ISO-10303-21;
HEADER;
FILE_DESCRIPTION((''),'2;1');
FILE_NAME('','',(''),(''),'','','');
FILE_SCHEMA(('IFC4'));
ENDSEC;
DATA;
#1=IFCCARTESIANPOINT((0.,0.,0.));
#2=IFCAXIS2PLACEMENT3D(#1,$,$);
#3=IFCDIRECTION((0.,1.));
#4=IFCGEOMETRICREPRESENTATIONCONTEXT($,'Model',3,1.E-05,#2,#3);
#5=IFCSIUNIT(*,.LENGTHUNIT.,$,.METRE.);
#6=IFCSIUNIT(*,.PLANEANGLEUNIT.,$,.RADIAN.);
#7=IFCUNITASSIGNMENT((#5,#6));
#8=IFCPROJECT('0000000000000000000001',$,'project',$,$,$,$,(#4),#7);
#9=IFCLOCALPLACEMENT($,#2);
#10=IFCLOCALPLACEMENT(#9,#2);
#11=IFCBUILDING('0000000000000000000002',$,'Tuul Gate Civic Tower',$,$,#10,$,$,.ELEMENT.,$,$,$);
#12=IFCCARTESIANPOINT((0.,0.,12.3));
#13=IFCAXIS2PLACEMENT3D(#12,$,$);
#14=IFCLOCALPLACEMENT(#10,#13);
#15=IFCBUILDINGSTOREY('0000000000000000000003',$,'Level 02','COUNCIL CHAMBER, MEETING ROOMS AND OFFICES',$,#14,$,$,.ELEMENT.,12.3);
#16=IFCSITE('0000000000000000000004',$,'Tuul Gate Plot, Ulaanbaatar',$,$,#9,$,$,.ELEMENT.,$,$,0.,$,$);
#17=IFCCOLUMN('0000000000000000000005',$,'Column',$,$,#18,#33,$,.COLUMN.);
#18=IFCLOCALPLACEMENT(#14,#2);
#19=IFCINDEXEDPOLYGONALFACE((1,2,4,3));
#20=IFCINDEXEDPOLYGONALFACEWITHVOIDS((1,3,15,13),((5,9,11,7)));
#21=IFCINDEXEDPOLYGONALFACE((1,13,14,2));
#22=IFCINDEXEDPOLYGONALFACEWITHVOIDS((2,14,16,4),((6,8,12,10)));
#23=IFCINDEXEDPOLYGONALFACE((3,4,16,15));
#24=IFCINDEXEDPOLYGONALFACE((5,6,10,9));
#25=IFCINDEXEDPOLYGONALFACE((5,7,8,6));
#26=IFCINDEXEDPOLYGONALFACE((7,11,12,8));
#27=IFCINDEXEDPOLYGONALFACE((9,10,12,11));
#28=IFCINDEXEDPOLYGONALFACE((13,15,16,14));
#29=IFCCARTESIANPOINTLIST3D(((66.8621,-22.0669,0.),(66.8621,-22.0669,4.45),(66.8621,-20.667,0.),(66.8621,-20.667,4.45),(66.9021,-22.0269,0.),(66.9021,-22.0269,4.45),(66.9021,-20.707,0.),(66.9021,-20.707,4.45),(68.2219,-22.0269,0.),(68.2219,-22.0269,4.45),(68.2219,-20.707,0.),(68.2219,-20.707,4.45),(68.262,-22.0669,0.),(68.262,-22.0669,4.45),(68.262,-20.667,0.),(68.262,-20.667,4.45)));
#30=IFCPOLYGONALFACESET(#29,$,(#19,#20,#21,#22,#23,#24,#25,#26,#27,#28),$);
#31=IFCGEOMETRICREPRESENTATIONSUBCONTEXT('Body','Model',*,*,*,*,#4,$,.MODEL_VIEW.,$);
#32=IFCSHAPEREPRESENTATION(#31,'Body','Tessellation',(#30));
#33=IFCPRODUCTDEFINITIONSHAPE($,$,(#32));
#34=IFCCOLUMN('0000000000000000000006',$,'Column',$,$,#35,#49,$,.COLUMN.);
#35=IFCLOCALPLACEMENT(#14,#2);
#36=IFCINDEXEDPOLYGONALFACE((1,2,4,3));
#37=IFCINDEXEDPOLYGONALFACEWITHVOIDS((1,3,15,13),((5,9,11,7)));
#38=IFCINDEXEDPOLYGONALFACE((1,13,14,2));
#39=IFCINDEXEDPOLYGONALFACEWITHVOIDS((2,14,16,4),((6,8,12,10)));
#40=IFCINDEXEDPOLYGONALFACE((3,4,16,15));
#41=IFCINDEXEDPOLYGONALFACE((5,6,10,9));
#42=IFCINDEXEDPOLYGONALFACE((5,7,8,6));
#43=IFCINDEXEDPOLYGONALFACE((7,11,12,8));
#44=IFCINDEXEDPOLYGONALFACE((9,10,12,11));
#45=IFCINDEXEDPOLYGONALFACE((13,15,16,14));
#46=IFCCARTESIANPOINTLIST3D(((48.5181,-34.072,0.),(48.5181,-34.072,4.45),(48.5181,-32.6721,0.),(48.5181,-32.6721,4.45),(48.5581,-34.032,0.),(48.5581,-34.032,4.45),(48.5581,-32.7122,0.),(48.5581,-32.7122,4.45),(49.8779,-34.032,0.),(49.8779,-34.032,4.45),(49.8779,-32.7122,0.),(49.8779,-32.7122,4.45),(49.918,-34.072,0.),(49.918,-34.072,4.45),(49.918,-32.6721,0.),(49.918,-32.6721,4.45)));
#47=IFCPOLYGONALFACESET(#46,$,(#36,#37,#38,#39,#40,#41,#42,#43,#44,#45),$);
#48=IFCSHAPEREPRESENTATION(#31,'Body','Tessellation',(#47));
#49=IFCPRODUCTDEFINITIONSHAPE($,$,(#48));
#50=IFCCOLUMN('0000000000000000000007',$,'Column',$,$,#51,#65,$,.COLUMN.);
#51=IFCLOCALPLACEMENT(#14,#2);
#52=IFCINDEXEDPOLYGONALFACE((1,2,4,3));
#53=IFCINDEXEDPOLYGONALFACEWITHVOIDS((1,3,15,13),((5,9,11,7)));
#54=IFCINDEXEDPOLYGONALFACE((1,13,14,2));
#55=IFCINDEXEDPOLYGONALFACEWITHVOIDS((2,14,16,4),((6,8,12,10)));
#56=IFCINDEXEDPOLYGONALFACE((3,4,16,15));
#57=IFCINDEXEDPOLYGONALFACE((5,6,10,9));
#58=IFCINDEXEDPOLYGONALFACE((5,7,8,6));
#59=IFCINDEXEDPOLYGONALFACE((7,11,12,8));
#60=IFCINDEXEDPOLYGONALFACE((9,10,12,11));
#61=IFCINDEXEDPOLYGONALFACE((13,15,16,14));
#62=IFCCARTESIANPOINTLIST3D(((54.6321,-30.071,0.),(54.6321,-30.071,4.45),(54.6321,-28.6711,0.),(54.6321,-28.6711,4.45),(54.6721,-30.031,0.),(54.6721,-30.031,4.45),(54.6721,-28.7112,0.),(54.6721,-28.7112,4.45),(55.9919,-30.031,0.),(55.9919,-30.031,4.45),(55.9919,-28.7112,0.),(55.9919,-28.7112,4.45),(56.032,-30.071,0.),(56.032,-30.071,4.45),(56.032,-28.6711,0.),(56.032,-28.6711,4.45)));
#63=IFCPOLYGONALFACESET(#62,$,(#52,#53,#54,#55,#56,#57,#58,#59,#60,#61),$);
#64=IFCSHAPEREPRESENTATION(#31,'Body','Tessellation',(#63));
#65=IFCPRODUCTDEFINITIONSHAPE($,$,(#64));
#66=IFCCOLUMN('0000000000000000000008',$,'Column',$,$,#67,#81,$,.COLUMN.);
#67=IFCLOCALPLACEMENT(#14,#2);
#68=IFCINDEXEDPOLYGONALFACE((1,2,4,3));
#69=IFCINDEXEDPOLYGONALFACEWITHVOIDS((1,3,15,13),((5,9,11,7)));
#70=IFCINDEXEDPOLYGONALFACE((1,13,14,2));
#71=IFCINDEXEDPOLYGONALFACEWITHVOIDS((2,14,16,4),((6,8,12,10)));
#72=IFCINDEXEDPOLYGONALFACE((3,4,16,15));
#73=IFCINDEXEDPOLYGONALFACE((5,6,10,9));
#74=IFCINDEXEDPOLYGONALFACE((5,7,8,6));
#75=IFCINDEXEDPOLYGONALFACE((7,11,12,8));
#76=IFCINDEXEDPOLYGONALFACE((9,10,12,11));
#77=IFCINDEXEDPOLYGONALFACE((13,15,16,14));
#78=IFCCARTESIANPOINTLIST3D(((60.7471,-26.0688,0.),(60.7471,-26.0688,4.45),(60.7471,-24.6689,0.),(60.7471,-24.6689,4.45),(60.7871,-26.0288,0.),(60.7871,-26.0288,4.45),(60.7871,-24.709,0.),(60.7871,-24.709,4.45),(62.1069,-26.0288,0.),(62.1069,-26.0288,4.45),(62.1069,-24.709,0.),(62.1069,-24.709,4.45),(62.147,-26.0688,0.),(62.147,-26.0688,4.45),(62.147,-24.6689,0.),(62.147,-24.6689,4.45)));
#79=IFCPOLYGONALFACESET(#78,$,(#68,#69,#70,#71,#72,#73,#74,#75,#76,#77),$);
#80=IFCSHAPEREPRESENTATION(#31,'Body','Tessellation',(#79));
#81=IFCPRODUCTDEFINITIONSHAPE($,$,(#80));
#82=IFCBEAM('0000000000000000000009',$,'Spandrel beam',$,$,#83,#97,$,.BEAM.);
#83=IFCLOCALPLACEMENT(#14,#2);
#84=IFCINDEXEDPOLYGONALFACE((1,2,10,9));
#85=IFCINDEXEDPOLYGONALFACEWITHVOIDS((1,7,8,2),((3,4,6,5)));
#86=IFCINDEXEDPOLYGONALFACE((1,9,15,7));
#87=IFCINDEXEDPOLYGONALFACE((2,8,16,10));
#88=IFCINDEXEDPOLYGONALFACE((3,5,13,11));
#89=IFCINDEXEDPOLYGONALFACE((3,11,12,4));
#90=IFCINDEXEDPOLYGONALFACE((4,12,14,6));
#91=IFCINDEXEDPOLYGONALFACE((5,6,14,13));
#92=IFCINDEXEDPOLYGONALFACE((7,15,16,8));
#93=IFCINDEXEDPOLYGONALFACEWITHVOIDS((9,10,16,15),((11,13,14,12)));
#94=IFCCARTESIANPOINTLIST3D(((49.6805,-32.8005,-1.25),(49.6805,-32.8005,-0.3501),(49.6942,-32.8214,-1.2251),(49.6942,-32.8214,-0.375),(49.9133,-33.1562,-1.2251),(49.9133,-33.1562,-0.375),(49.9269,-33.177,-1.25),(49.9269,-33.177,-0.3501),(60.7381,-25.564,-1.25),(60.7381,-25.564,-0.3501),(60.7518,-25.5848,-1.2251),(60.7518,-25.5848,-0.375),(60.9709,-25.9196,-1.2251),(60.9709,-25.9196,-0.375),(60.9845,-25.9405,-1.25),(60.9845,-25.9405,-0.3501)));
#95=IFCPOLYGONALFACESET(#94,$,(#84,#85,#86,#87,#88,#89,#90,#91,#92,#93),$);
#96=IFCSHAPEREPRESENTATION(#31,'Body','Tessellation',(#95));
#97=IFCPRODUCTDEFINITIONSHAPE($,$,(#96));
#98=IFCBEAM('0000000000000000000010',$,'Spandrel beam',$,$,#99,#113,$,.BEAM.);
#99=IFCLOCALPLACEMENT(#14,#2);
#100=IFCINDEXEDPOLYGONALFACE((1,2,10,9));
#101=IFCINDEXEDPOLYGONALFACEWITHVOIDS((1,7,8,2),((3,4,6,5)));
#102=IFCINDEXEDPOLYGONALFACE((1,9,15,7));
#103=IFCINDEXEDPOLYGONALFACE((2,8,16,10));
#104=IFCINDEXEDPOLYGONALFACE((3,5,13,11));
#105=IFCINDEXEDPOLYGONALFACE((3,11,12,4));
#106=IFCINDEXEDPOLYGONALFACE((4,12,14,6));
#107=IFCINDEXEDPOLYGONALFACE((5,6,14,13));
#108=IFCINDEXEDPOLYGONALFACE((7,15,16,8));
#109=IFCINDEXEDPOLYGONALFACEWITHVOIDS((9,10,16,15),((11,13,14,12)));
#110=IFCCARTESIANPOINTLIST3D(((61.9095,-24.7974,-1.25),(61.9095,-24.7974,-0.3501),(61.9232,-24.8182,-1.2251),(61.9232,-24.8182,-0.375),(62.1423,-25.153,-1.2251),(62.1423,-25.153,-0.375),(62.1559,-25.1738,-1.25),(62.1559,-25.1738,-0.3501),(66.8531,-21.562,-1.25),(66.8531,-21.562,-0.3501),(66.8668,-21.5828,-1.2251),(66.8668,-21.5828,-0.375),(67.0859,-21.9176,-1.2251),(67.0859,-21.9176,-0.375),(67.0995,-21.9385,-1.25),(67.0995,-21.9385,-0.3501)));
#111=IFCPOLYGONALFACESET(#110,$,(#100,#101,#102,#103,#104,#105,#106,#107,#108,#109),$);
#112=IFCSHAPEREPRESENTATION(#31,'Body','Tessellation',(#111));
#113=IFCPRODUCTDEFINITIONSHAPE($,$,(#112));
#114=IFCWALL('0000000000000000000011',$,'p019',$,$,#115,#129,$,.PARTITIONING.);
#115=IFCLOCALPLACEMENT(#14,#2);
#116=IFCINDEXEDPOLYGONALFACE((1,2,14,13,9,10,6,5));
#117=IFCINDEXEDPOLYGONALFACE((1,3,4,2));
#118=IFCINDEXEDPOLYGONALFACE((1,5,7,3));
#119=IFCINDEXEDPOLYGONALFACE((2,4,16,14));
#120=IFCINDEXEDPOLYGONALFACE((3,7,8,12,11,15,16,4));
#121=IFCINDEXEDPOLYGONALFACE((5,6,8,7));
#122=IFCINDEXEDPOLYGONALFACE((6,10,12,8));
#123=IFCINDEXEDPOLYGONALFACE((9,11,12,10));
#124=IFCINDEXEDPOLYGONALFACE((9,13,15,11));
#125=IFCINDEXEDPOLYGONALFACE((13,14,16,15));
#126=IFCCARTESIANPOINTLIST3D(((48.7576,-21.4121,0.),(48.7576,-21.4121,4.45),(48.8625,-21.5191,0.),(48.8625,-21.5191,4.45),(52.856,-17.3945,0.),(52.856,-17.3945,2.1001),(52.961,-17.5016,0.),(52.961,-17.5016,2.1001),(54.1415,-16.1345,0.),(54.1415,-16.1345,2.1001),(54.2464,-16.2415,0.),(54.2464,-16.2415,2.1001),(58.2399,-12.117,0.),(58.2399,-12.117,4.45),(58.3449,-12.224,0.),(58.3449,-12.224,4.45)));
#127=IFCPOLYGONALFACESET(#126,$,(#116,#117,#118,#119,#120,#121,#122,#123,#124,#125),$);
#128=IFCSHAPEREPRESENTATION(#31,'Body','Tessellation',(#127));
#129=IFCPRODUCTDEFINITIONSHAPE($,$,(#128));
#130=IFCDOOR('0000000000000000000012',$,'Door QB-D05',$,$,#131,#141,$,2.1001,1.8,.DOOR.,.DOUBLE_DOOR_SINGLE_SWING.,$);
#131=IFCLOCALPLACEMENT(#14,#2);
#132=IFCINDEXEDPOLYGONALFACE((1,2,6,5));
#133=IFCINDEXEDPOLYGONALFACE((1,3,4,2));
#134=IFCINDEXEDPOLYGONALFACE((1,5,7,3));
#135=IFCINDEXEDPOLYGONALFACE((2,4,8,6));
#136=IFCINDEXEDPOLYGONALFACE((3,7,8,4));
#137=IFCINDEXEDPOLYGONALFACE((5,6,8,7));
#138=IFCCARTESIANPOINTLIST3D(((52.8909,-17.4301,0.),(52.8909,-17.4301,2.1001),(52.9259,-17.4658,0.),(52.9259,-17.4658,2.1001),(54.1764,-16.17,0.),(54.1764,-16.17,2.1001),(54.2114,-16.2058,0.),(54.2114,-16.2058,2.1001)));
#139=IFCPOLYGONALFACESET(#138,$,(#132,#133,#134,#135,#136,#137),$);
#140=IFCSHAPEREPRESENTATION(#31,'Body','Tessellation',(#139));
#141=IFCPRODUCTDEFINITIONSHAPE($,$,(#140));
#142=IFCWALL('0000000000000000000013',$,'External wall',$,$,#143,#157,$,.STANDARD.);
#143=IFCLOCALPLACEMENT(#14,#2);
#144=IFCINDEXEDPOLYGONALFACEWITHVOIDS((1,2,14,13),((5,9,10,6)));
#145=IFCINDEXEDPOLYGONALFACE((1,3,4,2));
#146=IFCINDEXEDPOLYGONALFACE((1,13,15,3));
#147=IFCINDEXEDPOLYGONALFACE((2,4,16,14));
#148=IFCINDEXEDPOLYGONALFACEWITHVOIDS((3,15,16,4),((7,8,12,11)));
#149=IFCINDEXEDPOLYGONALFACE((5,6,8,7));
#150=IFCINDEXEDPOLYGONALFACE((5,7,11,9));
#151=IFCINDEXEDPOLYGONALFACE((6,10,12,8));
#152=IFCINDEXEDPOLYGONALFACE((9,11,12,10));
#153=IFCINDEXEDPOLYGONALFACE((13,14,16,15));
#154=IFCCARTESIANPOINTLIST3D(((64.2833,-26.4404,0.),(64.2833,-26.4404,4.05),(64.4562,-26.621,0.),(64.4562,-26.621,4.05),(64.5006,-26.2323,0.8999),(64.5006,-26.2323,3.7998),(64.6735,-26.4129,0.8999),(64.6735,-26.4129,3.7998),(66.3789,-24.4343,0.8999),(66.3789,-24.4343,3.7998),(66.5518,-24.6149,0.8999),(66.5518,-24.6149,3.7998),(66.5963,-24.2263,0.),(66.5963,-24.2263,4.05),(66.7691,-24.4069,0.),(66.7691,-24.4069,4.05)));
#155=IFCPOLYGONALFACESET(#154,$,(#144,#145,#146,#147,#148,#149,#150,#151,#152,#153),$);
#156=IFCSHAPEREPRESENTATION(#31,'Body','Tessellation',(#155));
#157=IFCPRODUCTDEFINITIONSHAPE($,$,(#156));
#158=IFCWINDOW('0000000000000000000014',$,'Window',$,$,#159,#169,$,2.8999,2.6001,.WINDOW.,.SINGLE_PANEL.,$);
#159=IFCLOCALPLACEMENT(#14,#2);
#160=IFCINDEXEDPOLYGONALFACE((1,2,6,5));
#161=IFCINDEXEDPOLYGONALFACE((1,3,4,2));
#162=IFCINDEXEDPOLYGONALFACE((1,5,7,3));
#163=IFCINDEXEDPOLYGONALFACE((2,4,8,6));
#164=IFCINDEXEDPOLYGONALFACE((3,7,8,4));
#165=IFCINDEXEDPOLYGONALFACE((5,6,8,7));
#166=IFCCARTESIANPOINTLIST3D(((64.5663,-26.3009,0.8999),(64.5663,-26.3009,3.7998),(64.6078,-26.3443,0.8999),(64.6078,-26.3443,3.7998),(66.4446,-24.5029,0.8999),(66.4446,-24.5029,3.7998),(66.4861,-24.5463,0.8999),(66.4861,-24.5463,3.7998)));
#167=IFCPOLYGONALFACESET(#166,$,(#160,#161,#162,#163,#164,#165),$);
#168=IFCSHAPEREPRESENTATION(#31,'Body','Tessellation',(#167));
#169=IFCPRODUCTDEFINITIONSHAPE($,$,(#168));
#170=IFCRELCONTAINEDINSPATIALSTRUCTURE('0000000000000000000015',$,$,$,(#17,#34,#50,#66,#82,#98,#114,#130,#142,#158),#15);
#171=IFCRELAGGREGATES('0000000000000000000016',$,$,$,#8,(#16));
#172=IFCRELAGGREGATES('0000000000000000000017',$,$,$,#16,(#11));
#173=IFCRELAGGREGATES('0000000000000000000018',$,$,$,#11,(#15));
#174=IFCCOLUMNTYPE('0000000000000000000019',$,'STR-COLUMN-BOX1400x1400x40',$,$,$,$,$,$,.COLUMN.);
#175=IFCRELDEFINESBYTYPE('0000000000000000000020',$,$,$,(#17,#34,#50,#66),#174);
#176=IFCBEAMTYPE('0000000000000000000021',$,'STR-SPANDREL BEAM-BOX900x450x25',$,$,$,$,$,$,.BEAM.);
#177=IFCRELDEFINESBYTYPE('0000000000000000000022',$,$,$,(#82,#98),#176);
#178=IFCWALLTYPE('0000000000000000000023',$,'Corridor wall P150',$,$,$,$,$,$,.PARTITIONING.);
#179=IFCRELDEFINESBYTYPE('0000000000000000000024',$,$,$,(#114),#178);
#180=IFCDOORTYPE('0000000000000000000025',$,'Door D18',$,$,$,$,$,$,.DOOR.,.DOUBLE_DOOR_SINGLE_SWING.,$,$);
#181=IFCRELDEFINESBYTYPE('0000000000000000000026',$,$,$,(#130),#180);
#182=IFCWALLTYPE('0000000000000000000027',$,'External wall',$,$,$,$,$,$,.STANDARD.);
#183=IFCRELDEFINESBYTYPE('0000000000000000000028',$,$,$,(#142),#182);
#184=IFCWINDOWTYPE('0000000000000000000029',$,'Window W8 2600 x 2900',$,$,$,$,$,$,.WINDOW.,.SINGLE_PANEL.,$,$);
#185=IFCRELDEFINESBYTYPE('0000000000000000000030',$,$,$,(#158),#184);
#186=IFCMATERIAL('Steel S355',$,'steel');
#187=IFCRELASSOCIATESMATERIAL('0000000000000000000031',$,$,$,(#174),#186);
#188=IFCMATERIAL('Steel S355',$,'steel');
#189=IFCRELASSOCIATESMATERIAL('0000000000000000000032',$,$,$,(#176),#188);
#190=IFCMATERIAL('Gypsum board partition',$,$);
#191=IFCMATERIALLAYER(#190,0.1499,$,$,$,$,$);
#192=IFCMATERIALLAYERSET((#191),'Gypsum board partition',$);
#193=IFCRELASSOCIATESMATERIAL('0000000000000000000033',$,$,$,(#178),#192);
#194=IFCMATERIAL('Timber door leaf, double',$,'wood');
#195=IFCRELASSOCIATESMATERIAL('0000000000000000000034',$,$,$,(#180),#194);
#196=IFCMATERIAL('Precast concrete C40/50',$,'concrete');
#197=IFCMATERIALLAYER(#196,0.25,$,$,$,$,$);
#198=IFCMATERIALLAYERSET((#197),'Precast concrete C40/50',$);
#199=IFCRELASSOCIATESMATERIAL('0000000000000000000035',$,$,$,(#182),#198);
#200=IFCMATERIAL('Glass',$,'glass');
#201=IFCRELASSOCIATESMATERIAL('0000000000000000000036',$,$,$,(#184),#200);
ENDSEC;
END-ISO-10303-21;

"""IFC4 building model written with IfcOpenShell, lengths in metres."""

from ifc_helpers import new_model, si_unit, direction, frame, frame_2d, origin, origin_2d, place, context, subcontext, project, spatial, rectangle, hollow_rectangle, extrude, material, layer, layer_set, material_profile, profile_set, type_object, element, fill, save


model = new_model("IFC4")

# Units and contexts
model_context = context("Model", 3, precision=1e-05, world=origin(), true_north=direction((0.0, 1.0)))
body_context = subcontext(model_context, "Body", "Model", "MODEL_VIEW")
ifc_project = project(units=[si_unit("LENGTHUNIT", "METRE"), si_unit("PLANEANGLEUNIT", "RADIAN")], contexts=[model_context])

# Site, building, storey
site_placement = place(None, origin())
site = spatial("IfcSite", under=ifc_project, at=site_placement, Name="Tuul Gate Plot, Ulaanbaatar", CompositionType="ELEMENT", RefElevation=0.0)
building_placement = place(site_placement, origin())
building = spatial("IfcBuilding", under=site, at=building_placement, Name="Tuul Gate Civic Tower", CompositionType="ELEMENT")
storey_placement = place(building_placement, frame((0.0, 0.0, 12.3)))
storey = spatial("IfcBuildingStorey", under=building, at=storey_placement, Name="Level 02", Description="COUNCIL CHAMBER, MEETING ROOMS AND OFFICES", CompositionType="ELEMENT", Elevation=12.3)

# Columns
ifc_material_1 = material(Name="Steel S355", Category="steel")
ifc_material_profile_1 = material_profile(ifc_material_1, hollow_rectangle(XDim=1.3999, YDim=1.3999, WallThickness=0.04, at=origin_2d()), Name="BOX1400x1400x40")
ifc_profile_set_1 = profile_set([ifc_material_profile_1], Name="Steel S355")
column_type = type_object("IfcColumnType", Name="STR-COLUMN-BOX1400x1400x40", PredefinedType="COLUMN", material=ifc_profile_set_1)
for number, where, z_axis, x_axis, name in (
    (1, (67.562, -21.3669, 0.0), (0.0, 0.0, 1.0), (1.0, 0.0, 0.0), "Column"),
    (2, (49.218, -33.3721, 0.0), (0.0, 0.0, 1.0), (1.0, 0.0, 0.0), "Column"),
    (3, (55.332, -29.3711, 0.0), (0.0, 0.0, 1.0), (1.0, 0.0, 0.0), "Column"),
    (4, (61.447, -25.3689, 0.0), (0.0, 0.0, 1.0), (1.0, 0.0, 0.0), "Column"),
):
    element("IfcColumn", number, at=place(storey_placement, frame(where, z_axis=z_axis, x_axis=x_axis)), inside=storey, type_object=column_type, Name=name, PredefinedType="COLUMN", context=body_context, shape_type="SweptSolid", body=[
        extrude(hollow_rectangle(XDim=1.3999, YDim=1.3999, WallThickness=0.04, at=origin_2d()), origin(), (0.0, 0.0, 1.0), 4.45),
    ])

# Beams
ifc_material_2 = material(Name="Steel S355", Category="steel")
ifc_material_profile_2 = material_profile(ifc_material_2, hollow_rectangle(XDim=0.45, YDim=0.8999, WallThickness=0.0249, at=origin_2d()), Name="BOX900x450x25")
ifc_profile_set_2 = profile_set([ifc_material_profile_2], Name="Steel S355")
beam_type = type_object("IfcBeamType", Name="STR-SPANDREL BEAM-BOX900x450x25", PredefinedType="BEAM", material=ifc_profile_set_2)
beam_1_placement = place(storey_placement, frame((49.8037, -32.9888, -0.8), z_axis=(0.836741, 0.547599, 0.0), x_axis=(-0.547599, 0.836741, 0.0)))
element("IfcBeam", 5, at=beam_1_placement, inside=storey, type_object=beam_type, Name="Spandrel beam", PredefinedType="BEAM", context=body_context, shape_type="SweptSolid", body=[
    extrude(hollow_rectangle(XDim=0.45, YDim=0.8999, WallThickness=0.0249, at=origin_2d()), origin(), (0.0, 0.0, 1.0), 13.2151),
])
beam_2_placement = place(storey_placement, frame((62.0327, -24.9856, -0.8), z_axis=(0.836737, 0.547604, 0.0), x_axis=(-0.547604, 0.836737, 0.0)))
element("IfcBeam", 6, at=beam_2_placement, inside=storey, type_object=beam_type, Name="Spandrel beam", PredefinedType="BEAM", context=body_context, shape_type="SweptSolid", body=[
    extrude(hollow_rectangle(XDim=0.45, YDim=0.8999, WallThickness=0.0249, at=origin_2d()), origin(), (0.0, 0.0, 1.0), 5.9082),
])

# Wall, opening, door
ifc_material_3 = material(Name="Gypsum board partition")
ifc_layer_1 = layer(ifc_material_3, 0.1499)
ifc_layer_set_1 = layer_set([ifc_layer_1], Name="Gypsum board partition")
wall_type_1 = type_object("IfcWallType", Name="Corridor wall P150", PredefinedType="PARTITIONING", material=ifc_layer_set_1)
wall_1_placement = place(storey_placement, frame((48.8101, -21.4656, 0.0), z_axis=(0.0, 0.0, 1.0), x_axis=(0.714123, 0.70002, 0.0)))
wall_1 = element("IfcWall", 7, at=wall_1_placement, inside=storey, type_object=wall_type_1, Name="p019", PredefinedType="PARTITIONING", context=body_context, shape_type="SweptSolid", body=[
    extrude(rectangle(XDim=13.2783, YDim=0.1499, at=frame_2d((6.6392, 0.0))), origin(), (0.0, 0.0, 1.0), 4.45),
])
opening_1_placement = place(wall_1_placement, frame((5.7393, 0.0, 0.0)))
opening_1 = element("IfcOpeningElement", 8, at=opening_1_placement, cuts=wall_1, PredefinedType="OPENING", context=body_context, shape_type="SweptSolid", body=[
    extrude(rectangle(XDim=1.8, YDim=2.1001, at=frame_2d((0.8999, 1.05))), frame((0.0, 0.085, 0.0), z_axis=(0.0, -1.0, 0.0), x_axis=(1.0, 0.0, 0.0)), (0.0, 0.0, 1.0), 0.1699),
])
ifc_material_4 = material(Name="Timber door leaf, double", Category="wood")
door_type = type_object("IfcDoorType", Name="Door D18", OperationType="DOUBLE_DOOR_SINGLE_SWING", PredefinedType="DOOR", material=ifc_material_4)
door_placement = place(opening_1_placement, frame((1.8, 0.0, 0.0), z_axis=(0.0, 0.0, 1.0), x_axis=(-1.0, 0.0, 0.0)))
door = element("IfcDoor", 9, at=door_placement, inside=storey, type_object=door_type, Name="Door QB-D05", OperationType="DOUBLE_DOOR_SINGLE_SWING", OverallHeight=2.1001, OverallWidth=1.8, PredefinedType="DOOR", context=body_context, shape_type="SweptSolid", body=[
    extrude(rectangle(XDim=1.8, YDim=2.1001, at=frame_2d((0.9001, 1.05))), frame((0.0, 0.0249, 0.0), z_axis=(0.0, -1.0, 0.0), x_axis=(1.0, 0.0, 0.0)), (0.0, 0.0, 1.0), 0.05),
])
fill(opening_1, door)

# Wall, opening, window
ifc_material_5 = material(Name="Precast concrete C40/50", Category="concrete")
ifc_layer_2 = layer(ifc_material_5, 0.25)
ifc_layer_set_2 = layer_set([ifc_layer_2], Name="Precast concrete C40/50")
wall_type_2 = type_object("IfcWallType", Name="External wall", PredefinedType="STANDARD", material=ifc_layer_set_2)
wall_2_placement = place(storey_placement, frame((64.3696, -26.5308, 0.0), z_axis=(0.0, 0.0, 1.0), x_axis=(0.722379, 0.691498, 0.0)))
wall_2 = element("IfcWall", 10, at=wall_2_placement, inside=storey, type_object=wall_type_2, Name="External wall", PredefinedType="STANDARD", context=body_context, shape_type="SweptSolid", body=[
    extrude(rectangle(XDim=3.2019, YDim=0.25, at=frame_2d((1.6011, 0.0))), origin(), (0.0, 0.0, 1.0), 4.05),
])
opening_2_placement = place(wall_2_placement, frame((0.301, 0.0, 0.8999)))
opening_2 = element("IfcOpeningElement", 11, at=opening_2_placement, cuts=wall_2, PredefinedType="OPENING", context=body_context, shape_type="SweptSolid", body=[
    extrude(rectangle(XDim=2.6001, YDim=2.8999, at=frame_2d((1.3, 1.45))), frame((0.0, 0.135, 0.0), z_axis=(0.0, -1.0, 0.0), x_axis=(1.0, 0.0, 0.0)), (0.0, 0.0, 1.0), 0.27),
])
ifc_material_6 = material(Name="Glass", Category="glass")
window_type_1 = type_object("IfcWindowType", Name="Window W8 2600 x 2900", PartitioningType="SINGLE_PANEL", PredefinedType="WINDOW", material=ifc_material_6)
window_1_placement = place(opening_2_placement, origin())
window_1 = element("IfcWindow", 12, at=window_1_placement, inside=storey, type_object=window_type_1, Name="Window", OverallHeight=2.8999, OverallWidth=2.6001, PartitioningType="SINGLE_PANEL", PredefinedType="WINDOW", context=body_context, shape_type="SweptSolid", body=[
    extrude(rectangle(XDim=2.6001, YDim=2.8999, at=frame_2d((1.3, 1.45))), frame((0.0, 0.03, 0.0), z_axis=(0.0, -1.0, 0.0), x_axis=(1.0, 0.0, 0.0)), (0.0, 0.0, 1.0), 0.0601),
])
fill(opening_2, window_1)

save(model, "model.ifc")
